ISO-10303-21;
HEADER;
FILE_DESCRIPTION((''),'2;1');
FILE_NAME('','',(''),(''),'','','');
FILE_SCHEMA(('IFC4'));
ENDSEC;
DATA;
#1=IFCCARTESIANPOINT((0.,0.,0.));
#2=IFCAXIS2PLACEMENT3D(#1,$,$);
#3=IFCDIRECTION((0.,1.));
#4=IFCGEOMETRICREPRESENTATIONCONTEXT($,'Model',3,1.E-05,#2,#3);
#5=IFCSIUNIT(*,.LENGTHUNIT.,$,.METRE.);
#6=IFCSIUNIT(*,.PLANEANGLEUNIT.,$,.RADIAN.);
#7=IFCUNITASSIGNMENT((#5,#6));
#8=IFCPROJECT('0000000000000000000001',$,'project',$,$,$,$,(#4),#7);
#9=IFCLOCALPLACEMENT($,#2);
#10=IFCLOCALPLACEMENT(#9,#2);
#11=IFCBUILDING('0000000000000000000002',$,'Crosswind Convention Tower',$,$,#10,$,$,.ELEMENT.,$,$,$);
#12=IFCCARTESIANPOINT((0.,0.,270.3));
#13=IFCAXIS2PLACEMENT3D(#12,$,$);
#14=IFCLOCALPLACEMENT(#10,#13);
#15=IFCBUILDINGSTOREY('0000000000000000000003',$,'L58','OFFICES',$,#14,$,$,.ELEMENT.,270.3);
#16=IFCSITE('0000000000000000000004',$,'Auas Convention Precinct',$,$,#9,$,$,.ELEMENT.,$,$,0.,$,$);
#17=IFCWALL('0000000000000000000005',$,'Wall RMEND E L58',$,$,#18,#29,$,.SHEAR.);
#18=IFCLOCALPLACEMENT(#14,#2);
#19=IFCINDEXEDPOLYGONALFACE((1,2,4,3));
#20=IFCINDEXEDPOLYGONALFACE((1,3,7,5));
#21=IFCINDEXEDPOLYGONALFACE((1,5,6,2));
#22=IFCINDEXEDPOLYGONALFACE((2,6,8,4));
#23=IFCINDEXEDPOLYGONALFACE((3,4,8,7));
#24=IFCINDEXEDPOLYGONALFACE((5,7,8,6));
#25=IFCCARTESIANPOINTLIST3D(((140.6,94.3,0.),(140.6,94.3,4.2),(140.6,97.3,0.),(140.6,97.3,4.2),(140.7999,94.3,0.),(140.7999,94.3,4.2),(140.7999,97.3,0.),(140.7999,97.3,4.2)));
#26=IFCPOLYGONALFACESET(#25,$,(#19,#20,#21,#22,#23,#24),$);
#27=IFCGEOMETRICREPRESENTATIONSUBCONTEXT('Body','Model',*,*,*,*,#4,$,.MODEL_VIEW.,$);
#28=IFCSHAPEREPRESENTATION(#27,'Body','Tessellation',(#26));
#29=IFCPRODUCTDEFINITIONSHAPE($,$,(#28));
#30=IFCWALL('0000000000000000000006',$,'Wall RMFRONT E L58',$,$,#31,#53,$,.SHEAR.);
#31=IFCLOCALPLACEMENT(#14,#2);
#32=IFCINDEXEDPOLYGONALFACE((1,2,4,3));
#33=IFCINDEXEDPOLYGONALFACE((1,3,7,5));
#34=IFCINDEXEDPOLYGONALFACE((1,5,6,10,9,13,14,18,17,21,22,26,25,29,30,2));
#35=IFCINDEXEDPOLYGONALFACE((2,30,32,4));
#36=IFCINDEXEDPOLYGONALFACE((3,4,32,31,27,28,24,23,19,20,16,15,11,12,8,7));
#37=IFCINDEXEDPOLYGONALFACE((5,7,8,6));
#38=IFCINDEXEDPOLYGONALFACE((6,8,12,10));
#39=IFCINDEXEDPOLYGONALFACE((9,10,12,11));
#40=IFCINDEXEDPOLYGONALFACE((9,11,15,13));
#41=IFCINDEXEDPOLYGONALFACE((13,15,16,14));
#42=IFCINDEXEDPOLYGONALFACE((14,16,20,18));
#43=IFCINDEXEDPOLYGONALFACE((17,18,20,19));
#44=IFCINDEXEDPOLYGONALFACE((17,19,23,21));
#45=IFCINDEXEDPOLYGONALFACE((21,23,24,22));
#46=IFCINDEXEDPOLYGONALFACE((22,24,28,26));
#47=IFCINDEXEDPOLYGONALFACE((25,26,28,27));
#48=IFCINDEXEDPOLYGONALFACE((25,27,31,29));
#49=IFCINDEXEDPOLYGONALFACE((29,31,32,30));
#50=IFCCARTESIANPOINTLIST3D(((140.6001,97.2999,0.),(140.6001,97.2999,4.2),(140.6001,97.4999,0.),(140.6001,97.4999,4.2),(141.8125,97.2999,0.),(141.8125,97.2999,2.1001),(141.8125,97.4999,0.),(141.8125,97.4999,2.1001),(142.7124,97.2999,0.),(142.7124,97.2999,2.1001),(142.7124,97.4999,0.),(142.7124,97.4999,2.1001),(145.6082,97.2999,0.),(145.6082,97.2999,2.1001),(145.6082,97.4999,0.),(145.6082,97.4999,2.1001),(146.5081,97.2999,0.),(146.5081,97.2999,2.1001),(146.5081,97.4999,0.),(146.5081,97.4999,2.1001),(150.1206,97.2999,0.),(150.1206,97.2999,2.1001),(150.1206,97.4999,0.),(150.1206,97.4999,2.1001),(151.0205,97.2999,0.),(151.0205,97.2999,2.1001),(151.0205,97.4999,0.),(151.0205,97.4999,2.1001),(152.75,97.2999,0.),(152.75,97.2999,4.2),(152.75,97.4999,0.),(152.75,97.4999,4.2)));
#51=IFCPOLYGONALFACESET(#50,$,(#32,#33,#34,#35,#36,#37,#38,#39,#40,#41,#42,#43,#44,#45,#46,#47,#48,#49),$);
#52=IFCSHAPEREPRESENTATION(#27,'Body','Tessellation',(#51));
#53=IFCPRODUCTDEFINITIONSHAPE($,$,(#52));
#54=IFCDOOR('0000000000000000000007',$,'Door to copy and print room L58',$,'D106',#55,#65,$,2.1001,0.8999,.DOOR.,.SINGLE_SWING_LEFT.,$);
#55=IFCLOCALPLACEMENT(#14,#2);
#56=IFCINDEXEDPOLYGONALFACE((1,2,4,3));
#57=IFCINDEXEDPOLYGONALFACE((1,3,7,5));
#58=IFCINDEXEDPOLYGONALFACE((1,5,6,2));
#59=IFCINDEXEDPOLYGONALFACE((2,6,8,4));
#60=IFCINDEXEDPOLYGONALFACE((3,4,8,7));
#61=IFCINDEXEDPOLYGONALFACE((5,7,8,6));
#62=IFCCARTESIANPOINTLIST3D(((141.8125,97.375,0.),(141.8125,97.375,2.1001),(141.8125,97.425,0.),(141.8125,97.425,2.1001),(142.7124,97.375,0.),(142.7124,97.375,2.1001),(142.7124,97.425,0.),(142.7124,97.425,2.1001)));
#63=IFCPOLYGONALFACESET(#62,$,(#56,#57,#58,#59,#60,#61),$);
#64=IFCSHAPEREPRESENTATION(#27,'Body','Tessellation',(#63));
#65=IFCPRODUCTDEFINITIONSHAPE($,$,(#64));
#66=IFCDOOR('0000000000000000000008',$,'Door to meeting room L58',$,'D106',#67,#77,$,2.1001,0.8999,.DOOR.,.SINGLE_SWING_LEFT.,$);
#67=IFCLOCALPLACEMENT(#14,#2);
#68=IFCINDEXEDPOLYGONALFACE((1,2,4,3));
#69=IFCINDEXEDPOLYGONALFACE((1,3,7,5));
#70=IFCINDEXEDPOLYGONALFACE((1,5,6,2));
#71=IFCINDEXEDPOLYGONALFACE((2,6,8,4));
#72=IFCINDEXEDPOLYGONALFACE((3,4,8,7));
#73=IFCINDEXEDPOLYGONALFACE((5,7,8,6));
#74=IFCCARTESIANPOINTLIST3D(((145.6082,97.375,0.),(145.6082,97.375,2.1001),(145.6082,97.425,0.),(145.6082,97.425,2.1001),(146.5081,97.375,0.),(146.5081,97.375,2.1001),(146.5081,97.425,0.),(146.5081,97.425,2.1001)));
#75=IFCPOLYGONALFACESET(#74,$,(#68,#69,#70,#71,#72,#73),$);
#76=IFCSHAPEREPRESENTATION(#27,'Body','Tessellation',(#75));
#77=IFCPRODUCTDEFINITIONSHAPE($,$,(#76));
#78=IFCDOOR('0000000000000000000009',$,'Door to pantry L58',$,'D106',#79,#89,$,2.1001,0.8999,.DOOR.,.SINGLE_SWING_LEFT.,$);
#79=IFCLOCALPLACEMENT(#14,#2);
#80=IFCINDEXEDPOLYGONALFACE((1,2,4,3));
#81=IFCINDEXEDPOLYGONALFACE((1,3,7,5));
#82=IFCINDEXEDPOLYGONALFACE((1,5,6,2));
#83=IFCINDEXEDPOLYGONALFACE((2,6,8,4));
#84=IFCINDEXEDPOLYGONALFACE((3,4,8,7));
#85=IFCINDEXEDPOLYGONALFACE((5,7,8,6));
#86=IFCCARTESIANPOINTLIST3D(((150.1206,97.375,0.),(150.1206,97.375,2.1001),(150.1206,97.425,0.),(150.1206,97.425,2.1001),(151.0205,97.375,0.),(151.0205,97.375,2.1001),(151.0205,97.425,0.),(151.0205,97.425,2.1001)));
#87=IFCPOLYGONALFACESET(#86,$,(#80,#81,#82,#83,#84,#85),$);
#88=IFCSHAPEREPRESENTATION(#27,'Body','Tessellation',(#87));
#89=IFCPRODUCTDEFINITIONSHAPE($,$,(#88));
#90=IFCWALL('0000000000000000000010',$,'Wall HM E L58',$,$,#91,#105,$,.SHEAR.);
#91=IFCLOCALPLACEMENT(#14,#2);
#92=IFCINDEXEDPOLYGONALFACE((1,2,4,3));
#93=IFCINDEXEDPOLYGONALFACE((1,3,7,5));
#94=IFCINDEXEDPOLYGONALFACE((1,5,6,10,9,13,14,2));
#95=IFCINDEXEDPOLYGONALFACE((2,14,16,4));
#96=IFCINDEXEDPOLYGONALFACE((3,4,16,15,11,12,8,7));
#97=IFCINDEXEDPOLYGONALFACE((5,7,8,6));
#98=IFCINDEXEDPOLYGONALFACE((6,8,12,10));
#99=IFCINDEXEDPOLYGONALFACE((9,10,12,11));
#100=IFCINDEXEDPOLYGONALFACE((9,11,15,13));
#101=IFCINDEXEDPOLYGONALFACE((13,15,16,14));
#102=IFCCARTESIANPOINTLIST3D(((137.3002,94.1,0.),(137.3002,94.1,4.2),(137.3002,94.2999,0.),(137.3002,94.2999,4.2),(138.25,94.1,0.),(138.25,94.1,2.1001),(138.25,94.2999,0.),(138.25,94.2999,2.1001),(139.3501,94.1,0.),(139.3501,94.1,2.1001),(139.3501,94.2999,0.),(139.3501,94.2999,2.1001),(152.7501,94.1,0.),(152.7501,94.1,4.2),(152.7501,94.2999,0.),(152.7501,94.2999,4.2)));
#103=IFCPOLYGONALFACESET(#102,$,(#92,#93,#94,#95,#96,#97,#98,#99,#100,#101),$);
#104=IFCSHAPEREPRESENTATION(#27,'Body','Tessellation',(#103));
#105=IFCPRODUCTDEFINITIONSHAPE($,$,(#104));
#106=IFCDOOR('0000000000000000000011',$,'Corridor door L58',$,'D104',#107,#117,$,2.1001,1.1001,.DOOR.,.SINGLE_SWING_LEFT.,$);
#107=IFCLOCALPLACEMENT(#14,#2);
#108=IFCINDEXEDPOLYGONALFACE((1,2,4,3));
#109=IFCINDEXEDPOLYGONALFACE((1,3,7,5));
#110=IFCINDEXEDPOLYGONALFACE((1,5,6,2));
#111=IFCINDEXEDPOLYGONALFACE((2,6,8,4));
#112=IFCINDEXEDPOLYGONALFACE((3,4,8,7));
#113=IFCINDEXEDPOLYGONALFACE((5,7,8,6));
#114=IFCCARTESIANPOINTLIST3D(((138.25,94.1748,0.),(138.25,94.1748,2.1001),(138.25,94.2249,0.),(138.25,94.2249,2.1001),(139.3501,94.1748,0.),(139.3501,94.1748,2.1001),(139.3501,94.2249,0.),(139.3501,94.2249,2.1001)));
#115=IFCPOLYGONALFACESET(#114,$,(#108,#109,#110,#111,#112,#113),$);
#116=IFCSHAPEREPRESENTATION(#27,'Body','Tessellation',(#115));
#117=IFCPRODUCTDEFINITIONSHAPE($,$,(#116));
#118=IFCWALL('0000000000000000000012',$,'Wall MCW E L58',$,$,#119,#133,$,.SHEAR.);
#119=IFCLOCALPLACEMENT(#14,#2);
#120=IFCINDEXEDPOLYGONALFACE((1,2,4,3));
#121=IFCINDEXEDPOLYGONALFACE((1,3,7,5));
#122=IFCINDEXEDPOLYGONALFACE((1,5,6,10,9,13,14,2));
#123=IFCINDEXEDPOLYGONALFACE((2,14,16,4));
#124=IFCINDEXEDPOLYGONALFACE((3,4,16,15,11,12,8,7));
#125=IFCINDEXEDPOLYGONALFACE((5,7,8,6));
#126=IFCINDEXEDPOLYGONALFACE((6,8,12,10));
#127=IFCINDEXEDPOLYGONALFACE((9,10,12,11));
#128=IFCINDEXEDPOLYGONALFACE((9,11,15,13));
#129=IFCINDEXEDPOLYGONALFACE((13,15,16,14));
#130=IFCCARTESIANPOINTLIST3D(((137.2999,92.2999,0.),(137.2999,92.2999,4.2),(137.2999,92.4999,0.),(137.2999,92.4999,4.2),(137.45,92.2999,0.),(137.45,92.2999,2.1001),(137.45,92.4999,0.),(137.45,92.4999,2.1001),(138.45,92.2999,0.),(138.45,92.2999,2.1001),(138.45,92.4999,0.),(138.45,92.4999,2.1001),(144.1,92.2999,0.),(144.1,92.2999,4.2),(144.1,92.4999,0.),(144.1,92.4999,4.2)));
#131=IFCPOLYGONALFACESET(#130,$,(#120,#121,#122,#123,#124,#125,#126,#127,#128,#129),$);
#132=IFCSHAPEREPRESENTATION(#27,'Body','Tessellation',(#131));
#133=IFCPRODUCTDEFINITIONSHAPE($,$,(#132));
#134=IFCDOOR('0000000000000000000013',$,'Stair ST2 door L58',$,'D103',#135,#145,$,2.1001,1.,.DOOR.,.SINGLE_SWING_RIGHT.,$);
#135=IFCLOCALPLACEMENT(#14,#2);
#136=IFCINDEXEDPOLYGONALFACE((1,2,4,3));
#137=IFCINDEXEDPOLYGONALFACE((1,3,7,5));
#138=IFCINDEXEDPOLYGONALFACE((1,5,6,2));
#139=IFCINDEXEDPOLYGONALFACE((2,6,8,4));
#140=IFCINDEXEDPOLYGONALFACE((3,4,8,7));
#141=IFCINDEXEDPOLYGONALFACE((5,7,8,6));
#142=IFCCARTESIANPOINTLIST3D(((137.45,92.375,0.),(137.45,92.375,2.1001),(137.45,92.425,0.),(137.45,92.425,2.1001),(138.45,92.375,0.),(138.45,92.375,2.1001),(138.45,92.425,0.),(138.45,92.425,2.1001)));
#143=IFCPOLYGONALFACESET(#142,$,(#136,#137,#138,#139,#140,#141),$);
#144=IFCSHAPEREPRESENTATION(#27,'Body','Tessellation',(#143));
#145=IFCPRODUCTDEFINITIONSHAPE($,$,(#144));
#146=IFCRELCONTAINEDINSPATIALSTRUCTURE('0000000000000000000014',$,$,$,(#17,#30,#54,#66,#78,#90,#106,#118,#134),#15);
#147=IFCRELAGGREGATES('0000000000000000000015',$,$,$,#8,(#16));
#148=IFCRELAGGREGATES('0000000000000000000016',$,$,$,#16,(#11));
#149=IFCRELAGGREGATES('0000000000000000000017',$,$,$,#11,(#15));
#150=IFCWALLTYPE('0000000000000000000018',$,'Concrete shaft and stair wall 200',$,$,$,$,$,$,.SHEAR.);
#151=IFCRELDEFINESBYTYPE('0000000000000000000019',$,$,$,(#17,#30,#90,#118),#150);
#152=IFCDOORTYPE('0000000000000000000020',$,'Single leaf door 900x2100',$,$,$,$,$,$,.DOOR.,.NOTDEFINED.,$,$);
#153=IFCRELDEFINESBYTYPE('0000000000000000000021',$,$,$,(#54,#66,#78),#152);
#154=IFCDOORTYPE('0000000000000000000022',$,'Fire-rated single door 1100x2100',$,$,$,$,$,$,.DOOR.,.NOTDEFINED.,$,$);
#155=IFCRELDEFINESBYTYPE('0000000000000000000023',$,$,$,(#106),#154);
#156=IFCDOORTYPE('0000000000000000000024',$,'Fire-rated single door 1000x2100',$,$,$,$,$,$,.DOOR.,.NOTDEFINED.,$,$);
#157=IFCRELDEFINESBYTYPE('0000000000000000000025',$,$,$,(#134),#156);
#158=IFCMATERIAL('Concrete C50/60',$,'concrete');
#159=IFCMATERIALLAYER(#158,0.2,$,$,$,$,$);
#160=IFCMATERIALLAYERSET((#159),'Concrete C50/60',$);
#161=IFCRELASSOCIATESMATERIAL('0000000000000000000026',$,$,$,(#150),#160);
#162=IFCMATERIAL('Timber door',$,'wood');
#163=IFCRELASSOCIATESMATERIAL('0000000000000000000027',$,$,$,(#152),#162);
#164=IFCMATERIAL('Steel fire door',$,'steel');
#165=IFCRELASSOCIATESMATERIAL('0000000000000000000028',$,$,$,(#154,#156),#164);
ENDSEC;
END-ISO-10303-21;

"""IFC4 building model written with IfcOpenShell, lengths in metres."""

from ifc_helpers import new_model, si_unit, direction, frame, frame_2d, origin, place, context, subcontext, project, spatial, rectangle, extrude, material, layer, layer_set, type_object, element, fill, save


model = new_model("IFC4")

# Units and contexts
model_context = context("Model", 3, precision=1e-05, world=origin(), true_north=direction((0.0, 1.0)))
body_context = subcontext(model_context, "Body", "Model", "MODEL_VIEW")
ifc_project = project(units=[si_unit("LENGTHUNIT", "METRE"), si_unit("PLANEANGLEUNIT", "RADIAN")], contexts=[model_context])

# Site, building, storey
site_placement = place(None, origin())
site = spatial("IfcSite", under=ifc_project, at=site_placement, Name="Auas Convention Precinct", CompositionType="ELEMENT", RefElevation=0.0)
building_placement = place(site_placement, origin())
building = spatial("IfcBuilding", under=site, at=building_placement, Name="Crosswind Convention Tower", CompositionType="ELEMENT")
storey_placement = place(building_placement, frame((0.0, 0.0, 270.3)))
storey = spatial("IfcBuildingStorey", under=building, at=storey_placement, Name="L58", Description="OFFICES", CompositionType="ELEMENT", Elevation=270.3)

# Shared definitions
ifc_material_1 = material(Name="Concrete C50/60", Category="concrete")

# Wall
ifc_layer_1 = layer(ifc_material_1, 0.2)
ifc_layer_set_1 = layer_set([ifc_layer_1], Name="Concrete C50/60")
wall_type_1 = type_object("IfcWallType", Name="Concrete shaft and stair wall 200", PredefinedType="SHEAR", material=ifc_layer_set_1)
wall_1_placement = place(storey_placement, frame((140.7, 94.3, 0.0), z_axis=(0.0, 0.0, 1.0), x_axis=(0.0, 1.0, 0.0)))
element("IfcWall", 1, at=wall_1_placement, inside=storey, type_object=wall_type_1, Name="Wall RMEND E L58", PredefinedType="SHEAR", context=body_context, shape_type="SweptSolid", body=[
    extrude(rectangle(XDim=3.0, YDim=0.2, at=frame_2d((1.5, 0.0))), origin(), (0.0, 0.0, 1.0), 4.2),
])

# Wall, openings, doors
wall_2_placement = place(storey_placement, frame((140.6001, 97.3999, 0.0), z_axis=(0.0, 0.0, 1.0), x_axis=(1.0, 0.0, 0.0)))
wall_2 = element("IfcWall", 2, at=wall_2_placement, inside=storey, type_object=wall_type_1, Name="Wall RMFRONT E L58", PredefinedType="SHEAR", context=body_context, shape_type="SweptSolid", body=[
    extrude(rectangle(XDim=12.1499, YDim=0.2, at=frame_2d((6.075, 0.0))), origin(), (0.0, 0.0, 1.0), 4.2),
])
opening_1_placement = place(wall_2_placement, frame((1.2124, 0.0, 0.0)))
opening_1 = element("IfcOpeningElement", 3, at=opening_1_placement, cuts=wall_2, PredefinedType="OPENING", context=body_context, shape_type="SweptSolid", body=[
    extrude(rectangle(XDim=0.8999, YDim=2.1001, at=frame_2d((0.45, 1.05))), frame((0.0, 0.1099, 0.0), z_axis=(0.0, -1.0, 0.0), x_axis=(1.0, 0.0, 0.0)), (0.0, 0.0, 1.0), 0.22),
])
opening_2_placement = place(wall_2_placement, frame((5.0081, 0.0, 0.0)))
opening_2 = element("IfcOpeningElement", 4, at=opening_2_placement, cuts=wall_2, PredefinedType="OPENING", context=body_context, shape_type="SweptSolid", body=[
    extrude(rectangle(XDim=0.8999, YDim=2.1001, at=frame_2d((0.45, 1.05))), frame((0.0, 0.1099, 0.0), z_axis=(0.0, -1.0, 0.0), x_axis=(1.0, 0.0, 0.0)), (0.0, 0.0, 1.0), 0.22),
])
opening_3_placement = place(wall_2_placement, frame((9.5205, 0.0, 0.0)))
opening_3 = element("IfcOpeningElement", 5, at=opening_3_placement, cuts=wall_2, PredefinedType="OPENING", context=body_context, shape_type="SweptSolid", body=[
    extrude(rectangle(XDim=0.8999, YDim=2.1001, at=frame_2d((0.45, 1.05))), frame((0.0, 0.1099, 0.0), z_axis=(0.0, -1.0, 0.0), x_axis=(1.0, 0.0, 0.0)), (0.0, 0.0, 1.0), 0.22),
])
ifc_material_2 = material(Name="Timber door", Category="wood")
door_type_1 = type_object("IfcDoorType", Name="Single leaf door 900x2100", OperationType="NOTDEFINED", PredefinedType="DOOR", material=ifc_material_2)
door_1_placement = place(opening_1_placement, frame((0.8999, 0.0, 0.0), z_axis=(0.0, 0.0, 1.0), x_axis=(-1.0, 0.0, 0.0)))
door_1 = element("IfcDoor", 6, at=door_1_placement, inside=storey, type_object=door_type_1, Name="Door to copy and print room L58", ObjectType="D106", OperationType="SINGLE_SWING_LEFT", OverallHeight=2.1001, OverallWidth=0.8999, PredefinedType="DOOR", context=body_context, shape_type="SweptSolid", body=[
    extrude(rectangle(XDim=0.8999, YDim=2.1001, at=frame_2d((0.45, 1.05))), frame((0.0, 0.0249, 0.0), z_axis=(0.0, -1.0, 0.0), x_axis=(1.0, 0.0, 0.0)), (0.0, 0.0, 1.0), 0.05),
])
fill(opening_1, door_1)
door_2_placement = place(opening_2_placement, frame((0.8999, 0.0, 0.0), z_axis=(0.0, 0.0, 1.0), x_axis=(-1.0, 0.0, 0.0)))
door_2 = element("IfcDoor", 7, at=door_2_placement, inside=storey, type_object=door_type_1, Name="Door to meeting room L58", ObjectType="D106", OperationType="SINGLE_SWING_LEFT", OverallHeight=2.1001, OverallWidth=0.8999, PredefinedType="DOOR", context=body_context, shape_type="SweptSolid", body=[
    extrude(rectangle(XDim=0.8999, YDim=2.1001, at=frame_2d((0.45, 1.05))), frame((0.0, 0.0249, 0.0), z_axis=(0.0, -1.0, 0.0), x_axis=(1.0, 0.0, 0.0)), (0.0, 0.0, 1.0), 0.05),
])
fill(opening_2, door_2)
door_3_placement = place(opening_3_placement, frame((0.8999, 0.0, 0.0), z_axis=(0.0, 0.0, 1.0), x_axis=(-1.0, 0.0, 0.0)))
door_3 = element("IfcDoor", 8, at=door_3_placement, inside=storey, type_object=door_type_1, Name="Door to pantry L58", ObjectType="D106", OperationType="SINGLE_SWING_LEFT", OverallHeight=2.1001, OverallWidth=0.8999, PredefinedType="DOOR", context=body_context, shape_type="SweptSolid", body=[
    extrude(rectangle(XDim=0.8999, YDim=2.1001, at=frame_2d((0.45, 1.05))), frame((0.0, 0.0249, 0.0), z_axis=(0.0, -1.0, 0.0), x_axis=(1.0, 0.0, 0.0)), (0.0, 0.0, 1.0), 0.05),
])
fill(opening_3, door_3)

# Walls, openings, doors
wall_3_placement = place(storey_placement, frame((137.3, 94.2, 0.0), z_axis=(0.0, 0.0, 1.0), x_axis=(1.0, 0.0, 0.0)))
wall_3 = element("IfcWall", 9, at=wall_3_placement, inside=storey, type_object=wall_type_1, Name="Wall HM E L58", PredefinedType="SHEAR", context=body_context, shape_type="SweptSolid", body=[
    extrude(rectangle(XDim=15.45, YDim=0.2, at=frame_2d((7.7251, 0.0))), origin(), (0.0, 0.0, 1.0), 4.2),
])
opening_4_placement = place(wall_3_placement, frame((0.95, 0.0, 0.0)))
opening_4 = element("IfcOpeningElement", 10, at=opening_4_placement, cuts=wall_3, PredefinedType="OPENING", context=body_context, shape_type="SweptSolid", body=[
    extrude(rectangle(XDim=1.1001, YDim=2.1001, at=frame_2d((0.55, 1.05))), frame((0.0, 0.1099, 0.0), z_axis=(0.0, -1.0, 0.0), x_axis=(1.0, 0.0, 0.0)), (0.0, 0.0, 1.0), 0.22),
])
ifc_material_3 = material(Name="Steel fire door", Category="steel")
door_type_2 = type_object("IfcDoorType", Name="Fire-rated single door 1100x2100", OperationType="NOTDEFINED", PredefinedType="DOOR", material=ifc_material_3)
door_4_placement = place(opening_4_placement, origin())
door_4 = element("IfcDoor", 11, at=door_4_placement, inside=storey, type_object=door_type_2, Name="Corridor door L58", ObjectType="D104", OperationType="SINGLE_SWING_LEFT", OverallHeight=2.1001, OverallWidth=1.1001, PredefinedType="DOOR", context=body_context, shape_type="SweptSolid", body=[
    extrude(rectangle(XDim=1.1001, YDim=2.1001, at=frame_2d((0.55, 1.05))), frame((0.0, 0.0249, 0.0), z_axis=(0.0, -1.0, 0.0), x_axis=(1.0, 0.0, 0.0)), (0.0, 0.0, 1.0), 0.05),
])
fill(opening_4, door_4)
wall_4_placement = place(storey_placement, frame((137.3, 92.3999, 0.0), z_axis=(0.0, 0.0, 1.0), x_axis=(1.0, 0.0, 0.0)))
wall_4 = element("IfcWall", 12, at=wall_4_placement, inside=storey, type_object=wall_type_1, Name="Wall MCW E L58", PredefinedType="SHEAR", context=body_context, shape_type="SweptSolid", body=[
    extrude(rectangle(XDim=6.8, YDim=0.2, at=frame_2d((3.3999, 0.0))), origin(), (0.0, 0.0, 1.0), 4.2),
])
opening_5_placement = place(wall_4_placement, frame((0.1499, 0.0, 0.0)))
opening_5 = element("IfcOpeningElement", 13, at=opening_5_placement, cuts=wall_4, PredefinedType="OPENING", context=body_context, shape_type="SweptSolid", body=[
    extrude(rectangle(XDim=1.0, YDim=2.1001, at=frame_2d((0.5, 1.05))), frame((0.0, 0.1099, 0.0), z_axis=(0.0, -1.0, 0.0), x_axis=(1.0, 0.0, 0.0)), (0.0, 0.0, 1.0), 0.22),
])
door_type_3 = type_object("IfcDoorType", Name="Fire-rated single door 1000x2100", OperationType="NOTDEFINED", PredefinedType="DOOR", material=ifc_material_3)
door_5_placement = place(opening_5_placement, frame((1.0, 0.0, 0.0), z_axis=(0.0, 0.0, 1.0), x_axis=(-1.0, 0.0, 0.0)))
door_5 = element("IfcDoor", 14, at=door_5_placement, inside=storey, type_object=door_type_3, Name="Stair ST2 door L58", ObjectType="D103", OperationType="SINGLE_SWING_RIGHT", OverallHeight=2.1001, OverallWidth=1.0, PredefinedType="DOOR", context=body_context, shape_type="SweptSolid", body=[
    extrude(rectangle(XDim=1.0, YDim=2.1001, at=frame_2d((0.5, 1.05))), frame((0.0, 0.0249, 0.0), z_axis=(0.0, -1.0, 0.0), x_axis=(1.0, 0.0, 0.0)), (0.0, 0.0, 1.0), 0.05),
])
fill(opening_5, door_5)

save(model, "model.ifc")
